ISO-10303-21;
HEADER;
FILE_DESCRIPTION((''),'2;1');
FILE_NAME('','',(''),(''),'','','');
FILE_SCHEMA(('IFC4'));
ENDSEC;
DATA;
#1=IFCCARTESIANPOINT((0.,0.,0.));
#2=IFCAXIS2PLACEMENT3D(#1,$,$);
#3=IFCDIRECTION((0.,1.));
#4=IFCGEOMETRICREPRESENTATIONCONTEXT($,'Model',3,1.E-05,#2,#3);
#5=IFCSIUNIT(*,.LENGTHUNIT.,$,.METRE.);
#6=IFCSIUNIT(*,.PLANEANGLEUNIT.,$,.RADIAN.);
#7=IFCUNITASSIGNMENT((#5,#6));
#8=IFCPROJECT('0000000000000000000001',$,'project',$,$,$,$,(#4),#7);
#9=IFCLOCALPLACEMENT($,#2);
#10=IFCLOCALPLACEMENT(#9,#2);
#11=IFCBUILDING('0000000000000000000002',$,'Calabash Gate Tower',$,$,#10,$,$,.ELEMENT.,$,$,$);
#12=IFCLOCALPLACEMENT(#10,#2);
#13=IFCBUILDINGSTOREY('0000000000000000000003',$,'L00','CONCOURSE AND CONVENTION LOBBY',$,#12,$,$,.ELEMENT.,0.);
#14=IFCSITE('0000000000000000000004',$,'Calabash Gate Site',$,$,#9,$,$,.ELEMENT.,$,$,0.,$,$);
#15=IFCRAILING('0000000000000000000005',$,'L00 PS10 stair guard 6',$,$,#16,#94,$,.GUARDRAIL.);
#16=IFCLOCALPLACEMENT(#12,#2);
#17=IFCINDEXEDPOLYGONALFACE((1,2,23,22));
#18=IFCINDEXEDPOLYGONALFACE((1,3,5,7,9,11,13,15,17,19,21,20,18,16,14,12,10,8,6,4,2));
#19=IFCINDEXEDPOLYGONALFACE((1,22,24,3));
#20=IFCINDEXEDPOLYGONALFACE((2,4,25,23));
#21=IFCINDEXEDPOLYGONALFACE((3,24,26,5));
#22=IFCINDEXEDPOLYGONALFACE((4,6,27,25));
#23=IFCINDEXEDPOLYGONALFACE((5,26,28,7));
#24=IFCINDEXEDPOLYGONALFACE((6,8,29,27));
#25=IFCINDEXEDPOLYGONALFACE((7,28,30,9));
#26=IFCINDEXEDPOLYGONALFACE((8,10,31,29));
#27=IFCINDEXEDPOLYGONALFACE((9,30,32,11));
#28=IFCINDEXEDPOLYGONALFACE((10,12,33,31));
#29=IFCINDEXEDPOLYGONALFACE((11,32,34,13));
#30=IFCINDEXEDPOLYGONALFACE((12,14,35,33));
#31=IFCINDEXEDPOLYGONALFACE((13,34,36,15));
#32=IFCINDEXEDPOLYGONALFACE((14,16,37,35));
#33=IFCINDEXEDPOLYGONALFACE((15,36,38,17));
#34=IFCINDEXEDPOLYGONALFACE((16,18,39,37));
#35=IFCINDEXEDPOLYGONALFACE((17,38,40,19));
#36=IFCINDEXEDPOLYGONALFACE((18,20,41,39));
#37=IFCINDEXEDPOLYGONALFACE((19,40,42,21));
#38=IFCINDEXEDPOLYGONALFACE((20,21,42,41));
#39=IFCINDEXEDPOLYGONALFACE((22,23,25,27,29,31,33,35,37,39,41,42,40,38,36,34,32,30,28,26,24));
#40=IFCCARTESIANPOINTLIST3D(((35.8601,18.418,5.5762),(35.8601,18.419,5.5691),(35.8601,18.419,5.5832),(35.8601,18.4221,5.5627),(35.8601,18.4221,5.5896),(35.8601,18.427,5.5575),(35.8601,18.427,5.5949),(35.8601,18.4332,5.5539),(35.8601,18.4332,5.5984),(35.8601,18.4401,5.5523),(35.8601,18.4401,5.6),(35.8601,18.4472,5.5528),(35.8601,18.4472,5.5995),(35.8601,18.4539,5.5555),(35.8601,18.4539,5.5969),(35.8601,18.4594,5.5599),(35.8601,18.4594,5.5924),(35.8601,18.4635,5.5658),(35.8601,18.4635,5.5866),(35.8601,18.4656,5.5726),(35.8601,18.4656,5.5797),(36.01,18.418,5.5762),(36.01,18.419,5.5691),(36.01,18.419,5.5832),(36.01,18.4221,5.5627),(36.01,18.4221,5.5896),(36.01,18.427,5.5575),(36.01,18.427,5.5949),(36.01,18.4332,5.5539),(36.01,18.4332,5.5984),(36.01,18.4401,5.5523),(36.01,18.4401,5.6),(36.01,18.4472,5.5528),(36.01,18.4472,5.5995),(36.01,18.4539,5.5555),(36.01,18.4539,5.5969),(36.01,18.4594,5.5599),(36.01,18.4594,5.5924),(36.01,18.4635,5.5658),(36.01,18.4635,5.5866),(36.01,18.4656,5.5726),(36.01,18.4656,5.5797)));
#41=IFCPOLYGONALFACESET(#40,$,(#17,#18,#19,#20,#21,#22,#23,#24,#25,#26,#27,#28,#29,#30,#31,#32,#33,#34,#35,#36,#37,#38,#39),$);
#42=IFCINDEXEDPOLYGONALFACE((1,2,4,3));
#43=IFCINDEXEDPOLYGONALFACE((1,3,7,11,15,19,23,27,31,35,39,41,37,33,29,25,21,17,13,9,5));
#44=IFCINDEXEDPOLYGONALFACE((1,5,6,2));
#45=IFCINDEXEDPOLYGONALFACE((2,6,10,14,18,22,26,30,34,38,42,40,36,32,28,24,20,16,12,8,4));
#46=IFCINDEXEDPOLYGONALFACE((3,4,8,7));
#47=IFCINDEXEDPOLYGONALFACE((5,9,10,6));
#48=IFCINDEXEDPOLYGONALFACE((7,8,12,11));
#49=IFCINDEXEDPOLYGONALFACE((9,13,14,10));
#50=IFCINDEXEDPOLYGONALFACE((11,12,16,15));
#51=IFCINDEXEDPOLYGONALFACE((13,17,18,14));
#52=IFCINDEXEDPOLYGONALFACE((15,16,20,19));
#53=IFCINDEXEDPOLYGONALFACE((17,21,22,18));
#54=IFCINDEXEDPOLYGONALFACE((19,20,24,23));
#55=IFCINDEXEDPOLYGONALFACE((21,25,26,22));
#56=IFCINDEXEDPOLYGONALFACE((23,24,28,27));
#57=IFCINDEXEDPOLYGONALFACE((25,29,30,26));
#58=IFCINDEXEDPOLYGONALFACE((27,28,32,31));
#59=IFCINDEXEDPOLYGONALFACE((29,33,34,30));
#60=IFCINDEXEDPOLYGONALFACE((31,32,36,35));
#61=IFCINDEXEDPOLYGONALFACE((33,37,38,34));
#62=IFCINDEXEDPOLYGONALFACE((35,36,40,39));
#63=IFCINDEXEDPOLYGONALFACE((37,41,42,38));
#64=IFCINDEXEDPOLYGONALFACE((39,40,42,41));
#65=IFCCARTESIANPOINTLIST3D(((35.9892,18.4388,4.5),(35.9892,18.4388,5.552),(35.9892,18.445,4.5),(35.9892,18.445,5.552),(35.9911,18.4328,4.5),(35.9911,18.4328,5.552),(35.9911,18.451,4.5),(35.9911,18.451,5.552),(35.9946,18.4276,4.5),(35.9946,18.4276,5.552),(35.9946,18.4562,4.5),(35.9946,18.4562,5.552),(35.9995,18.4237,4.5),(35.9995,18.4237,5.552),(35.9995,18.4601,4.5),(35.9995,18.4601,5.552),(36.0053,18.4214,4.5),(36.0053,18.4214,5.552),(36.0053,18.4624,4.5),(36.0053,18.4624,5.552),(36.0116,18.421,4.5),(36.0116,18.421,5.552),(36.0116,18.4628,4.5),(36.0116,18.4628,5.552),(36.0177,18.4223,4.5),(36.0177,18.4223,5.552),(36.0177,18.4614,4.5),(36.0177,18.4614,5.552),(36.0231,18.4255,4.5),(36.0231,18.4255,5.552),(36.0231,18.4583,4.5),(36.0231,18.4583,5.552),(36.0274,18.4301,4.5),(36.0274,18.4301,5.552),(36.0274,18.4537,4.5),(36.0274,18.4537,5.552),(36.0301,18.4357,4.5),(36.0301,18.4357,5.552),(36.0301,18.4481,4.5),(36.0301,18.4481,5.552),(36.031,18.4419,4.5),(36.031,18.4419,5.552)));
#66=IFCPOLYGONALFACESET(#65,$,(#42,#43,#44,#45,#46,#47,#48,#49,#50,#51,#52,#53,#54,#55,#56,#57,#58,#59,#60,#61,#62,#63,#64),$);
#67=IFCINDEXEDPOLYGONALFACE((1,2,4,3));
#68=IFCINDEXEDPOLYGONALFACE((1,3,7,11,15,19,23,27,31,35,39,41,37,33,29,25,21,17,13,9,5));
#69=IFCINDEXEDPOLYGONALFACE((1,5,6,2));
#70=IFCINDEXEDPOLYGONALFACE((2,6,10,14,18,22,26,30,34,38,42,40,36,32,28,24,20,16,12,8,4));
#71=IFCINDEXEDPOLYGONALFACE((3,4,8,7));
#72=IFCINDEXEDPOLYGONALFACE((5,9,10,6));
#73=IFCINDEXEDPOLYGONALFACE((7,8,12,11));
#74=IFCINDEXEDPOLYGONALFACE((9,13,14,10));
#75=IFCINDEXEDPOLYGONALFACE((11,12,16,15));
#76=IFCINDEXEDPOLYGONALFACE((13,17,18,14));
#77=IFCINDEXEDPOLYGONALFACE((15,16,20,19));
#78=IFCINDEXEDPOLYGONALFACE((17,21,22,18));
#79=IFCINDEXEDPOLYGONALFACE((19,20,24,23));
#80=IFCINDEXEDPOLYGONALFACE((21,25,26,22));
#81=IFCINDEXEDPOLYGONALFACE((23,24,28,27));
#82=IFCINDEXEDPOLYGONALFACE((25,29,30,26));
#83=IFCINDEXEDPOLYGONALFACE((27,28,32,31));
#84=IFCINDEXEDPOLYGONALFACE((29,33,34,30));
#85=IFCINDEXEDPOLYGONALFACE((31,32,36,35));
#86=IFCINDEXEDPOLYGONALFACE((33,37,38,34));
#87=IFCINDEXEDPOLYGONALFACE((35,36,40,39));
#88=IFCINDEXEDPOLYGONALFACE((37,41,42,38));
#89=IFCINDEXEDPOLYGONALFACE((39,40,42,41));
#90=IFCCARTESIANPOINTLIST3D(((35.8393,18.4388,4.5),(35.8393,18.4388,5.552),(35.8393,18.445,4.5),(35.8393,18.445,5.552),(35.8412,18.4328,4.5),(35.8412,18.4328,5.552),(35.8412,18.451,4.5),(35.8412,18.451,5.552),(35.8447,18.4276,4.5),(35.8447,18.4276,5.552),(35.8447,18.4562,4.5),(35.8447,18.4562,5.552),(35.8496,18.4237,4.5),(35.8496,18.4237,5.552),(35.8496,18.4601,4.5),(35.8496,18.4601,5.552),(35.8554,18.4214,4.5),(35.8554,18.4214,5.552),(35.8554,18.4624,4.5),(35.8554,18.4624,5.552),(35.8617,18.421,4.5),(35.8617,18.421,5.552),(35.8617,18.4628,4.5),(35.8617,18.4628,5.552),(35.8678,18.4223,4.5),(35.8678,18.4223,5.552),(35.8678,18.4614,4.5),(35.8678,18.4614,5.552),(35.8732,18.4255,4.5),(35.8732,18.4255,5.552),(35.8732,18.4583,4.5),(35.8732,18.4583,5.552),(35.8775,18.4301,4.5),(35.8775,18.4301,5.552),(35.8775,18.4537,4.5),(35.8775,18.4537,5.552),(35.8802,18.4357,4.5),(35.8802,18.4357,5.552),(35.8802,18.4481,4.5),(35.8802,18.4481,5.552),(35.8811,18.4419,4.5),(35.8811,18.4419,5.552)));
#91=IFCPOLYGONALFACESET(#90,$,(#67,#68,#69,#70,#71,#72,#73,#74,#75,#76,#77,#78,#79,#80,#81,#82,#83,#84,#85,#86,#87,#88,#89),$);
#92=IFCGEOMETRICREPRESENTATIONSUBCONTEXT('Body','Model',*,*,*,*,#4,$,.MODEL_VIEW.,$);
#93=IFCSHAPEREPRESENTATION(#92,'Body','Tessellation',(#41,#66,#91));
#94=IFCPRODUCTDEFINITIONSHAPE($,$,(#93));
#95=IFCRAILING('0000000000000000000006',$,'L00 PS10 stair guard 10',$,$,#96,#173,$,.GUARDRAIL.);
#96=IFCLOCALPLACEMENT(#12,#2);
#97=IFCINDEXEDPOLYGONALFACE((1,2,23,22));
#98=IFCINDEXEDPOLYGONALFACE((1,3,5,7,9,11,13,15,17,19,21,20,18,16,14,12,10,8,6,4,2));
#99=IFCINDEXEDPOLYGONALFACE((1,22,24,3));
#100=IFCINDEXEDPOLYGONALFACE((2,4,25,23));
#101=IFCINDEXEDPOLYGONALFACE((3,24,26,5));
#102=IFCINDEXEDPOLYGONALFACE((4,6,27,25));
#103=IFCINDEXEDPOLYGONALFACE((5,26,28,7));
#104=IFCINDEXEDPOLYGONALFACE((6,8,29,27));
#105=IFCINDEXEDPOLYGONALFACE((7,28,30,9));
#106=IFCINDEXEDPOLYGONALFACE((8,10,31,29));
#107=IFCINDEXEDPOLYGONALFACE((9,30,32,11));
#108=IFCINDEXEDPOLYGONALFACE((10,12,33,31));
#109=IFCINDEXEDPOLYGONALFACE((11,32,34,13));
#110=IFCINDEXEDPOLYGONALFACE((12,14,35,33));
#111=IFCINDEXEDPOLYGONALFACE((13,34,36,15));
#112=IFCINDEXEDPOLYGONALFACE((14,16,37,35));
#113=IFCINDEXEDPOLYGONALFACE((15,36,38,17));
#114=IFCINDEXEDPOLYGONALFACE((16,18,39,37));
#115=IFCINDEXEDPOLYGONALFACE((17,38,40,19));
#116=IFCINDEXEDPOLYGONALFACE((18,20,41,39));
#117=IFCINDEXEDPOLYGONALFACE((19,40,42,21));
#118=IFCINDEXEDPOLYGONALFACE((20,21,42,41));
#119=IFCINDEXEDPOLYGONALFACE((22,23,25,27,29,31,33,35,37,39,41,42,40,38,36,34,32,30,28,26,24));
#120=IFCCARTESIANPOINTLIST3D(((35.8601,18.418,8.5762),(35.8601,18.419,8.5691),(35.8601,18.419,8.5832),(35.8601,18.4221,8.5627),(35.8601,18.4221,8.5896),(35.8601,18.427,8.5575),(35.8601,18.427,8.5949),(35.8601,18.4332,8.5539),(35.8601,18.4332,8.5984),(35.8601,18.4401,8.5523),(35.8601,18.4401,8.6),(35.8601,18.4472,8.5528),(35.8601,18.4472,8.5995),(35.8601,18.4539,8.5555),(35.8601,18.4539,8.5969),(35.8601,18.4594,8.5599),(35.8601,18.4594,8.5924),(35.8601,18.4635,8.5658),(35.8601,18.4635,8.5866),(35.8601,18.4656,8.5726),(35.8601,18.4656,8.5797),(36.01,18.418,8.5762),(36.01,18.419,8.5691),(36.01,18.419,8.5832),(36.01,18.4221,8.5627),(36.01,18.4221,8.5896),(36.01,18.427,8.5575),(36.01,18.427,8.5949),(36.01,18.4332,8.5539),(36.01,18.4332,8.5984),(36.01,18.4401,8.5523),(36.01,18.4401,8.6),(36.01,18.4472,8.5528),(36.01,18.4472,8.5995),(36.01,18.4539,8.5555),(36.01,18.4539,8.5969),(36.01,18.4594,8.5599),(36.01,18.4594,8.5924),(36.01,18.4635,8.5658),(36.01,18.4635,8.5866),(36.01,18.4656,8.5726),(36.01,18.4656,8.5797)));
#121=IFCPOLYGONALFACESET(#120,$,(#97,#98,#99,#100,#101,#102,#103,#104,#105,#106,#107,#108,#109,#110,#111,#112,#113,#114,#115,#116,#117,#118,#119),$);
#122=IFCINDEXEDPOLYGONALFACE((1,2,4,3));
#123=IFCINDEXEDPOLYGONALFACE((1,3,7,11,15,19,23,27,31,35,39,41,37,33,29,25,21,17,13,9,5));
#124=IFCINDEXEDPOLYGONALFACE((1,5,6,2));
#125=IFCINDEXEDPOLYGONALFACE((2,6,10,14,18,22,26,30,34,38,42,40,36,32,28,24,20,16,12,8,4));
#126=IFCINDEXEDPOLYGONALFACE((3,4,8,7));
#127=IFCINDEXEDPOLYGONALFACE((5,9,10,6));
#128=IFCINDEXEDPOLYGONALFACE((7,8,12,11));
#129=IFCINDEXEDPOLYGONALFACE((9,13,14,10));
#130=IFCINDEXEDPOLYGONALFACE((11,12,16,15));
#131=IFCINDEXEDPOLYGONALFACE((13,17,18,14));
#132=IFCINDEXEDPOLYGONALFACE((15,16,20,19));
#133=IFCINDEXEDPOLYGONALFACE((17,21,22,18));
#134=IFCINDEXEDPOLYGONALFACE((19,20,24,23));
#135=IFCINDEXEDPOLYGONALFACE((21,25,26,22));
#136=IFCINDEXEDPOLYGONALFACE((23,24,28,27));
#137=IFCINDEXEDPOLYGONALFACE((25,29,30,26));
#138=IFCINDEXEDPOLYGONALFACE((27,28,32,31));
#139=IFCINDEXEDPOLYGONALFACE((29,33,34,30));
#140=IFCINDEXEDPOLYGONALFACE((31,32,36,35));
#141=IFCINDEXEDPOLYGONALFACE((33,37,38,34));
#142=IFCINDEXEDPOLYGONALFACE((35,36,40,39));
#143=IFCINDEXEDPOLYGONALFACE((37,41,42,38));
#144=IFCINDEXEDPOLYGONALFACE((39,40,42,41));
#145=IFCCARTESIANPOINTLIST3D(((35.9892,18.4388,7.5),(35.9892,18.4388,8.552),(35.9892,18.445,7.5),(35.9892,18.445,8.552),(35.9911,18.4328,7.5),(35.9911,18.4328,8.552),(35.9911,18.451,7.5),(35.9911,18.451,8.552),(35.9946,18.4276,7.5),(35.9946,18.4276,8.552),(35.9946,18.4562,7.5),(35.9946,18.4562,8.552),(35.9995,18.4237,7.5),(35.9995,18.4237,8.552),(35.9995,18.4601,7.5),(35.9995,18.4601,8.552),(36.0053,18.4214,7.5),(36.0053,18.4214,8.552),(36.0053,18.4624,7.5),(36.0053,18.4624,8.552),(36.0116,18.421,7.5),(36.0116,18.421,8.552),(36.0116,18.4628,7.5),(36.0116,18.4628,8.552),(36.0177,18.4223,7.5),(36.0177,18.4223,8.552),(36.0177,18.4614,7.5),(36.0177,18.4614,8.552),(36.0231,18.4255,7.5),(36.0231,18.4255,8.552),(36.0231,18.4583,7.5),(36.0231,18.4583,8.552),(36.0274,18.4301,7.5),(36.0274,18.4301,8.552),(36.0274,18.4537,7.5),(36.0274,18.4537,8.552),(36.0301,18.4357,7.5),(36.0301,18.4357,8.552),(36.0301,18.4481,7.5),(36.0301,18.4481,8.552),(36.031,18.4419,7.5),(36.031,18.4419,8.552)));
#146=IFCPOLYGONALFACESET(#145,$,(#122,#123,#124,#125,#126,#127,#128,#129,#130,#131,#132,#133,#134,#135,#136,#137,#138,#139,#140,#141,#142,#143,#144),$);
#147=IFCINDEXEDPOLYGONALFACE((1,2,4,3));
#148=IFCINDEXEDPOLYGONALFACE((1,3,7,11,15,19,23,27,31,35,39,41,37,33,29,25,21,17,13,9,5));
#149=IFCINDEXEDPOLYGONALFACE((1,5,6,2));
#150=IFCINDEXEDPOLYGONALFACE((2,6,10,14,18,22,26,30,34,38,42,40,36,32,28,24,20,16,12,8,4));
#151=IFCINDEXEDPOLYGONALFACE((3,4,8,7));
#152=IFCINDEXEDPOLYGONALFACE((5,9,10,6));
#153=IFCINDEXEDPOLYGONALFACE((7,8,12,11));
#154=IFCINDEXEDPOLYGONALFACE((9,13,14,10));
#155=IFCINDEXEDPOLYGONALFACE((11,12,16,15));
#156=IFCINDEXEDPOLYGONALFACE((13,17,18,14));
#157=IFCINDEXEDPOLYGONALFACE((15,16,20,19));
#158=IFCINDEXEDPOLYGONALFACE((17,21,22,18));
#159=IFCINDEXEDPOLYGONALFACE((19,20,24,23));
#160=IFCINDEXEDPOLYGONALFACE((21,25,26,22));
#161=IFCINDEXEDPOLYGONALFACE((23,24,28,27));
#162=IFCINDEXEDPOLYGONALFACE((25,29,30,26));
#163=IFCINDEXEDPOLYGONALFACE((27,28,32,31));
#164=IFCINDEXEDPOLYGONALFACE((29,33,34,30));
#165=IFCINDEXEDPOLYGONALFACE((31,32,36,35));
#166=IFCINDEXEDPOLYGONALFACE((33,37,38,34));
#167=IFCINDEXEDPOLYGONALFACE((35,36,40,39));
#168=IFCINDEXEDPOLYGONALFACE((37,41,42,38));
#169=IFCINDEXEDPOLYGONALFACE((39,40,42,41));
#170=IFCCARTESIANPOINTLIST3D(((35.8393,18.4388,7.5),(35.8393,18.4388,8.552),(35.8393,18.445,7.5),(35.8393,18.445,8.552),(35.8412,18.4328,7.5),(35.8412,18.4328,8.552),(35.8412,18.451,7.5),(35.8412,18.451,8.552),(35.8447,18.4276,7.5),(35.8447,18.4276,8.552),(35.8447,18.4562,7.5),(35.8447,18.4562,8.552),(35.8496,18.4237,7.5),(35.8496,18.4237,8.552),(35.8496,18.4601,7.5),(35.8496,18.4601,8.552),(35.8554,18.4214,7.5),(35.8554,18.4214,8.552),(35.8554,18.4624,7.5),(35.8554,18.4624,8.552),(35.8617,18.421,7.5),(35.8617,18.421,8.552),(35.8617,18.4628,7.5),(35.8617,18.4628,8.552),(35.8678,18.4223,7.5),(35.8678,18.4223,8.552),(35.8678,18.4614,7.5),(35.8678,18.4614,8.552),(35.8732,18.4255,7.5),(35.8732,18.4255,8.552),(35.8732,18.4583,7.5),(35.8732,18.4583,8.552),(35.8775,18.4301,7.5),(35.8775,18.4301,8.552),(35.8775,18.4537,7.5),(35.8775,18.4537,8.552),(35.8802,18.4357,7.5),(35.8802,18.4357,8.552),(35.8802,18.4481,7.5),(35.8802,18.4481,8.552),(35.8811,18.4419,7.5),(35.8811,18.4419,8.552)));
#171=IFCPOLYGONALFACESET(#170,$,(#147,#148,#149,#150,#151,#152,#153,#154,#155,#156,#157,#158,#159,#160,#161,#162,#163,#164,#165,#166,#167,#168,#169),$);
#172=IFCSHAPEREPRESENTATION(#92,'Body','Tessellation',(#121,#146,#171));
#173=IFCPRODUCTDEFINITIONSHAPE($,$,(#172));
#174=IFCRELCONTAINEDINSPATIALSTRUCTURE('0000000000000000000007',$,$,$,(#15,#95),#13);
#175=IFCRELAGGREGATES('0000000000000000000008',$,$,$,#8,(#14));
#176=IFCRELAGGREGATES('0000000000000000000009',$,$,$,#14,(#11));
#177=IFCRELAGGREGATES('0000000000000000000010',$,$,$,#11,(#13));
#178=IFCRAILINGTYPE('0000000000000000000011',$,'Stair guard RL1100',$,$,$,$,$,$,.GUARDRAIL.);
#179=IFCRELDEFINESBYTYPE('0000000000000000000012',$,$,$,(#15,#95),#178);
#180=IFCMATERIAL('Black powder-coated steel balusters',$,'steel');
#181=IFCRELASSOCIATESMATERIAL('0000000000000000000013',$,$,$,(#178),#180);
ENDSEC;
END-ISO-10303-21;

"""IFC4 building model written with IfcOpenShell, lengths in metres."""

from ifc_helpers import new_model, si_unit, direction, frame, origin, origin_2d, place, context, subcontext, project, spatial, circle, extrude, material, type_object, element, save


model = new_model("IFC4")

# Units and contexts
model_context = context("Model", 3, precision=1e-05, world=origin(), true_north=direction((0.0, 1.0)))
body_context = subcontext(model_context, "Body", "Model", "MODEL_VIEW")
ifc_project = project(units=[si_unit("LENGTHUNIT", "METRE"), si_unit("PLANEANGLEUNIT", "RADIAN")], contexts=[model_context])

# Site, building, storey
site_placement = place(None, origin())
site = spatial("IfcSite", under=ifc_project, at=site_placement, Name="Calabash Gate Site", CompositionType="ELEMENT", RefElevation=0.0)
building_placement = place(site_placement, origin())
building = spatial("IfcBuilding", under=site, at=building_placement, Name="Calabash Gate Tower", CompositionType="ELEMENT")
storey_placement = place(building_placement, origin())
storey = spatial("IfcBuildingStorey", under=building, at=storey_placement, Name="L00", Description="CONCOURSE AND CONVENTION LOBBY", CompositionType="ELEMENT", Elevation=0.0)

# Railings
ifc_material_1 = material(Name="Black powder-coated steel balusters", Category="steel")
railing_type = type_object("IfcRailingType", Name="Stair guard RL1100", PredefinedType="GUARDRAIL", material=ifc_material_1)
for number, where, name in (
    (1, (36.01, 18.4419, 4.5), "L00 PS10 stair guard 6"),
    (2, (36.01, 18.4419, 7.5), "L00 PS10 stair guard 10"),
):
    element("IfcRailing", number, at=place(storey_placement, frame(where)), inside=storey, type_object=railing_type, Name=name, PredefinedType="GUARDRAIL", context=body_context, shape_type="SweptSolid", body=[
        extrude(circle(Radius=0.0239, at=origin_2d()), frame((0.0, 0.0, 1.0762), z_axis=(-1.0, 0.0, 0.0), x_axis=(0.0, -1.0, 0.0)), (0.0, 0.0, 1.0), 0.1499),
        extrude(circle(Radius=0.021, at=origin_2d()), origin(), (0.0, 0.0, 1.0), 1.052),
        extrude(circle(Radius=0.021, at=origin_2d()), frame((-0.1499, 0.0, 0.0)), (0.0, 0.0, 1.0), 1.052),
    ])

save(model, "model.ifc")
